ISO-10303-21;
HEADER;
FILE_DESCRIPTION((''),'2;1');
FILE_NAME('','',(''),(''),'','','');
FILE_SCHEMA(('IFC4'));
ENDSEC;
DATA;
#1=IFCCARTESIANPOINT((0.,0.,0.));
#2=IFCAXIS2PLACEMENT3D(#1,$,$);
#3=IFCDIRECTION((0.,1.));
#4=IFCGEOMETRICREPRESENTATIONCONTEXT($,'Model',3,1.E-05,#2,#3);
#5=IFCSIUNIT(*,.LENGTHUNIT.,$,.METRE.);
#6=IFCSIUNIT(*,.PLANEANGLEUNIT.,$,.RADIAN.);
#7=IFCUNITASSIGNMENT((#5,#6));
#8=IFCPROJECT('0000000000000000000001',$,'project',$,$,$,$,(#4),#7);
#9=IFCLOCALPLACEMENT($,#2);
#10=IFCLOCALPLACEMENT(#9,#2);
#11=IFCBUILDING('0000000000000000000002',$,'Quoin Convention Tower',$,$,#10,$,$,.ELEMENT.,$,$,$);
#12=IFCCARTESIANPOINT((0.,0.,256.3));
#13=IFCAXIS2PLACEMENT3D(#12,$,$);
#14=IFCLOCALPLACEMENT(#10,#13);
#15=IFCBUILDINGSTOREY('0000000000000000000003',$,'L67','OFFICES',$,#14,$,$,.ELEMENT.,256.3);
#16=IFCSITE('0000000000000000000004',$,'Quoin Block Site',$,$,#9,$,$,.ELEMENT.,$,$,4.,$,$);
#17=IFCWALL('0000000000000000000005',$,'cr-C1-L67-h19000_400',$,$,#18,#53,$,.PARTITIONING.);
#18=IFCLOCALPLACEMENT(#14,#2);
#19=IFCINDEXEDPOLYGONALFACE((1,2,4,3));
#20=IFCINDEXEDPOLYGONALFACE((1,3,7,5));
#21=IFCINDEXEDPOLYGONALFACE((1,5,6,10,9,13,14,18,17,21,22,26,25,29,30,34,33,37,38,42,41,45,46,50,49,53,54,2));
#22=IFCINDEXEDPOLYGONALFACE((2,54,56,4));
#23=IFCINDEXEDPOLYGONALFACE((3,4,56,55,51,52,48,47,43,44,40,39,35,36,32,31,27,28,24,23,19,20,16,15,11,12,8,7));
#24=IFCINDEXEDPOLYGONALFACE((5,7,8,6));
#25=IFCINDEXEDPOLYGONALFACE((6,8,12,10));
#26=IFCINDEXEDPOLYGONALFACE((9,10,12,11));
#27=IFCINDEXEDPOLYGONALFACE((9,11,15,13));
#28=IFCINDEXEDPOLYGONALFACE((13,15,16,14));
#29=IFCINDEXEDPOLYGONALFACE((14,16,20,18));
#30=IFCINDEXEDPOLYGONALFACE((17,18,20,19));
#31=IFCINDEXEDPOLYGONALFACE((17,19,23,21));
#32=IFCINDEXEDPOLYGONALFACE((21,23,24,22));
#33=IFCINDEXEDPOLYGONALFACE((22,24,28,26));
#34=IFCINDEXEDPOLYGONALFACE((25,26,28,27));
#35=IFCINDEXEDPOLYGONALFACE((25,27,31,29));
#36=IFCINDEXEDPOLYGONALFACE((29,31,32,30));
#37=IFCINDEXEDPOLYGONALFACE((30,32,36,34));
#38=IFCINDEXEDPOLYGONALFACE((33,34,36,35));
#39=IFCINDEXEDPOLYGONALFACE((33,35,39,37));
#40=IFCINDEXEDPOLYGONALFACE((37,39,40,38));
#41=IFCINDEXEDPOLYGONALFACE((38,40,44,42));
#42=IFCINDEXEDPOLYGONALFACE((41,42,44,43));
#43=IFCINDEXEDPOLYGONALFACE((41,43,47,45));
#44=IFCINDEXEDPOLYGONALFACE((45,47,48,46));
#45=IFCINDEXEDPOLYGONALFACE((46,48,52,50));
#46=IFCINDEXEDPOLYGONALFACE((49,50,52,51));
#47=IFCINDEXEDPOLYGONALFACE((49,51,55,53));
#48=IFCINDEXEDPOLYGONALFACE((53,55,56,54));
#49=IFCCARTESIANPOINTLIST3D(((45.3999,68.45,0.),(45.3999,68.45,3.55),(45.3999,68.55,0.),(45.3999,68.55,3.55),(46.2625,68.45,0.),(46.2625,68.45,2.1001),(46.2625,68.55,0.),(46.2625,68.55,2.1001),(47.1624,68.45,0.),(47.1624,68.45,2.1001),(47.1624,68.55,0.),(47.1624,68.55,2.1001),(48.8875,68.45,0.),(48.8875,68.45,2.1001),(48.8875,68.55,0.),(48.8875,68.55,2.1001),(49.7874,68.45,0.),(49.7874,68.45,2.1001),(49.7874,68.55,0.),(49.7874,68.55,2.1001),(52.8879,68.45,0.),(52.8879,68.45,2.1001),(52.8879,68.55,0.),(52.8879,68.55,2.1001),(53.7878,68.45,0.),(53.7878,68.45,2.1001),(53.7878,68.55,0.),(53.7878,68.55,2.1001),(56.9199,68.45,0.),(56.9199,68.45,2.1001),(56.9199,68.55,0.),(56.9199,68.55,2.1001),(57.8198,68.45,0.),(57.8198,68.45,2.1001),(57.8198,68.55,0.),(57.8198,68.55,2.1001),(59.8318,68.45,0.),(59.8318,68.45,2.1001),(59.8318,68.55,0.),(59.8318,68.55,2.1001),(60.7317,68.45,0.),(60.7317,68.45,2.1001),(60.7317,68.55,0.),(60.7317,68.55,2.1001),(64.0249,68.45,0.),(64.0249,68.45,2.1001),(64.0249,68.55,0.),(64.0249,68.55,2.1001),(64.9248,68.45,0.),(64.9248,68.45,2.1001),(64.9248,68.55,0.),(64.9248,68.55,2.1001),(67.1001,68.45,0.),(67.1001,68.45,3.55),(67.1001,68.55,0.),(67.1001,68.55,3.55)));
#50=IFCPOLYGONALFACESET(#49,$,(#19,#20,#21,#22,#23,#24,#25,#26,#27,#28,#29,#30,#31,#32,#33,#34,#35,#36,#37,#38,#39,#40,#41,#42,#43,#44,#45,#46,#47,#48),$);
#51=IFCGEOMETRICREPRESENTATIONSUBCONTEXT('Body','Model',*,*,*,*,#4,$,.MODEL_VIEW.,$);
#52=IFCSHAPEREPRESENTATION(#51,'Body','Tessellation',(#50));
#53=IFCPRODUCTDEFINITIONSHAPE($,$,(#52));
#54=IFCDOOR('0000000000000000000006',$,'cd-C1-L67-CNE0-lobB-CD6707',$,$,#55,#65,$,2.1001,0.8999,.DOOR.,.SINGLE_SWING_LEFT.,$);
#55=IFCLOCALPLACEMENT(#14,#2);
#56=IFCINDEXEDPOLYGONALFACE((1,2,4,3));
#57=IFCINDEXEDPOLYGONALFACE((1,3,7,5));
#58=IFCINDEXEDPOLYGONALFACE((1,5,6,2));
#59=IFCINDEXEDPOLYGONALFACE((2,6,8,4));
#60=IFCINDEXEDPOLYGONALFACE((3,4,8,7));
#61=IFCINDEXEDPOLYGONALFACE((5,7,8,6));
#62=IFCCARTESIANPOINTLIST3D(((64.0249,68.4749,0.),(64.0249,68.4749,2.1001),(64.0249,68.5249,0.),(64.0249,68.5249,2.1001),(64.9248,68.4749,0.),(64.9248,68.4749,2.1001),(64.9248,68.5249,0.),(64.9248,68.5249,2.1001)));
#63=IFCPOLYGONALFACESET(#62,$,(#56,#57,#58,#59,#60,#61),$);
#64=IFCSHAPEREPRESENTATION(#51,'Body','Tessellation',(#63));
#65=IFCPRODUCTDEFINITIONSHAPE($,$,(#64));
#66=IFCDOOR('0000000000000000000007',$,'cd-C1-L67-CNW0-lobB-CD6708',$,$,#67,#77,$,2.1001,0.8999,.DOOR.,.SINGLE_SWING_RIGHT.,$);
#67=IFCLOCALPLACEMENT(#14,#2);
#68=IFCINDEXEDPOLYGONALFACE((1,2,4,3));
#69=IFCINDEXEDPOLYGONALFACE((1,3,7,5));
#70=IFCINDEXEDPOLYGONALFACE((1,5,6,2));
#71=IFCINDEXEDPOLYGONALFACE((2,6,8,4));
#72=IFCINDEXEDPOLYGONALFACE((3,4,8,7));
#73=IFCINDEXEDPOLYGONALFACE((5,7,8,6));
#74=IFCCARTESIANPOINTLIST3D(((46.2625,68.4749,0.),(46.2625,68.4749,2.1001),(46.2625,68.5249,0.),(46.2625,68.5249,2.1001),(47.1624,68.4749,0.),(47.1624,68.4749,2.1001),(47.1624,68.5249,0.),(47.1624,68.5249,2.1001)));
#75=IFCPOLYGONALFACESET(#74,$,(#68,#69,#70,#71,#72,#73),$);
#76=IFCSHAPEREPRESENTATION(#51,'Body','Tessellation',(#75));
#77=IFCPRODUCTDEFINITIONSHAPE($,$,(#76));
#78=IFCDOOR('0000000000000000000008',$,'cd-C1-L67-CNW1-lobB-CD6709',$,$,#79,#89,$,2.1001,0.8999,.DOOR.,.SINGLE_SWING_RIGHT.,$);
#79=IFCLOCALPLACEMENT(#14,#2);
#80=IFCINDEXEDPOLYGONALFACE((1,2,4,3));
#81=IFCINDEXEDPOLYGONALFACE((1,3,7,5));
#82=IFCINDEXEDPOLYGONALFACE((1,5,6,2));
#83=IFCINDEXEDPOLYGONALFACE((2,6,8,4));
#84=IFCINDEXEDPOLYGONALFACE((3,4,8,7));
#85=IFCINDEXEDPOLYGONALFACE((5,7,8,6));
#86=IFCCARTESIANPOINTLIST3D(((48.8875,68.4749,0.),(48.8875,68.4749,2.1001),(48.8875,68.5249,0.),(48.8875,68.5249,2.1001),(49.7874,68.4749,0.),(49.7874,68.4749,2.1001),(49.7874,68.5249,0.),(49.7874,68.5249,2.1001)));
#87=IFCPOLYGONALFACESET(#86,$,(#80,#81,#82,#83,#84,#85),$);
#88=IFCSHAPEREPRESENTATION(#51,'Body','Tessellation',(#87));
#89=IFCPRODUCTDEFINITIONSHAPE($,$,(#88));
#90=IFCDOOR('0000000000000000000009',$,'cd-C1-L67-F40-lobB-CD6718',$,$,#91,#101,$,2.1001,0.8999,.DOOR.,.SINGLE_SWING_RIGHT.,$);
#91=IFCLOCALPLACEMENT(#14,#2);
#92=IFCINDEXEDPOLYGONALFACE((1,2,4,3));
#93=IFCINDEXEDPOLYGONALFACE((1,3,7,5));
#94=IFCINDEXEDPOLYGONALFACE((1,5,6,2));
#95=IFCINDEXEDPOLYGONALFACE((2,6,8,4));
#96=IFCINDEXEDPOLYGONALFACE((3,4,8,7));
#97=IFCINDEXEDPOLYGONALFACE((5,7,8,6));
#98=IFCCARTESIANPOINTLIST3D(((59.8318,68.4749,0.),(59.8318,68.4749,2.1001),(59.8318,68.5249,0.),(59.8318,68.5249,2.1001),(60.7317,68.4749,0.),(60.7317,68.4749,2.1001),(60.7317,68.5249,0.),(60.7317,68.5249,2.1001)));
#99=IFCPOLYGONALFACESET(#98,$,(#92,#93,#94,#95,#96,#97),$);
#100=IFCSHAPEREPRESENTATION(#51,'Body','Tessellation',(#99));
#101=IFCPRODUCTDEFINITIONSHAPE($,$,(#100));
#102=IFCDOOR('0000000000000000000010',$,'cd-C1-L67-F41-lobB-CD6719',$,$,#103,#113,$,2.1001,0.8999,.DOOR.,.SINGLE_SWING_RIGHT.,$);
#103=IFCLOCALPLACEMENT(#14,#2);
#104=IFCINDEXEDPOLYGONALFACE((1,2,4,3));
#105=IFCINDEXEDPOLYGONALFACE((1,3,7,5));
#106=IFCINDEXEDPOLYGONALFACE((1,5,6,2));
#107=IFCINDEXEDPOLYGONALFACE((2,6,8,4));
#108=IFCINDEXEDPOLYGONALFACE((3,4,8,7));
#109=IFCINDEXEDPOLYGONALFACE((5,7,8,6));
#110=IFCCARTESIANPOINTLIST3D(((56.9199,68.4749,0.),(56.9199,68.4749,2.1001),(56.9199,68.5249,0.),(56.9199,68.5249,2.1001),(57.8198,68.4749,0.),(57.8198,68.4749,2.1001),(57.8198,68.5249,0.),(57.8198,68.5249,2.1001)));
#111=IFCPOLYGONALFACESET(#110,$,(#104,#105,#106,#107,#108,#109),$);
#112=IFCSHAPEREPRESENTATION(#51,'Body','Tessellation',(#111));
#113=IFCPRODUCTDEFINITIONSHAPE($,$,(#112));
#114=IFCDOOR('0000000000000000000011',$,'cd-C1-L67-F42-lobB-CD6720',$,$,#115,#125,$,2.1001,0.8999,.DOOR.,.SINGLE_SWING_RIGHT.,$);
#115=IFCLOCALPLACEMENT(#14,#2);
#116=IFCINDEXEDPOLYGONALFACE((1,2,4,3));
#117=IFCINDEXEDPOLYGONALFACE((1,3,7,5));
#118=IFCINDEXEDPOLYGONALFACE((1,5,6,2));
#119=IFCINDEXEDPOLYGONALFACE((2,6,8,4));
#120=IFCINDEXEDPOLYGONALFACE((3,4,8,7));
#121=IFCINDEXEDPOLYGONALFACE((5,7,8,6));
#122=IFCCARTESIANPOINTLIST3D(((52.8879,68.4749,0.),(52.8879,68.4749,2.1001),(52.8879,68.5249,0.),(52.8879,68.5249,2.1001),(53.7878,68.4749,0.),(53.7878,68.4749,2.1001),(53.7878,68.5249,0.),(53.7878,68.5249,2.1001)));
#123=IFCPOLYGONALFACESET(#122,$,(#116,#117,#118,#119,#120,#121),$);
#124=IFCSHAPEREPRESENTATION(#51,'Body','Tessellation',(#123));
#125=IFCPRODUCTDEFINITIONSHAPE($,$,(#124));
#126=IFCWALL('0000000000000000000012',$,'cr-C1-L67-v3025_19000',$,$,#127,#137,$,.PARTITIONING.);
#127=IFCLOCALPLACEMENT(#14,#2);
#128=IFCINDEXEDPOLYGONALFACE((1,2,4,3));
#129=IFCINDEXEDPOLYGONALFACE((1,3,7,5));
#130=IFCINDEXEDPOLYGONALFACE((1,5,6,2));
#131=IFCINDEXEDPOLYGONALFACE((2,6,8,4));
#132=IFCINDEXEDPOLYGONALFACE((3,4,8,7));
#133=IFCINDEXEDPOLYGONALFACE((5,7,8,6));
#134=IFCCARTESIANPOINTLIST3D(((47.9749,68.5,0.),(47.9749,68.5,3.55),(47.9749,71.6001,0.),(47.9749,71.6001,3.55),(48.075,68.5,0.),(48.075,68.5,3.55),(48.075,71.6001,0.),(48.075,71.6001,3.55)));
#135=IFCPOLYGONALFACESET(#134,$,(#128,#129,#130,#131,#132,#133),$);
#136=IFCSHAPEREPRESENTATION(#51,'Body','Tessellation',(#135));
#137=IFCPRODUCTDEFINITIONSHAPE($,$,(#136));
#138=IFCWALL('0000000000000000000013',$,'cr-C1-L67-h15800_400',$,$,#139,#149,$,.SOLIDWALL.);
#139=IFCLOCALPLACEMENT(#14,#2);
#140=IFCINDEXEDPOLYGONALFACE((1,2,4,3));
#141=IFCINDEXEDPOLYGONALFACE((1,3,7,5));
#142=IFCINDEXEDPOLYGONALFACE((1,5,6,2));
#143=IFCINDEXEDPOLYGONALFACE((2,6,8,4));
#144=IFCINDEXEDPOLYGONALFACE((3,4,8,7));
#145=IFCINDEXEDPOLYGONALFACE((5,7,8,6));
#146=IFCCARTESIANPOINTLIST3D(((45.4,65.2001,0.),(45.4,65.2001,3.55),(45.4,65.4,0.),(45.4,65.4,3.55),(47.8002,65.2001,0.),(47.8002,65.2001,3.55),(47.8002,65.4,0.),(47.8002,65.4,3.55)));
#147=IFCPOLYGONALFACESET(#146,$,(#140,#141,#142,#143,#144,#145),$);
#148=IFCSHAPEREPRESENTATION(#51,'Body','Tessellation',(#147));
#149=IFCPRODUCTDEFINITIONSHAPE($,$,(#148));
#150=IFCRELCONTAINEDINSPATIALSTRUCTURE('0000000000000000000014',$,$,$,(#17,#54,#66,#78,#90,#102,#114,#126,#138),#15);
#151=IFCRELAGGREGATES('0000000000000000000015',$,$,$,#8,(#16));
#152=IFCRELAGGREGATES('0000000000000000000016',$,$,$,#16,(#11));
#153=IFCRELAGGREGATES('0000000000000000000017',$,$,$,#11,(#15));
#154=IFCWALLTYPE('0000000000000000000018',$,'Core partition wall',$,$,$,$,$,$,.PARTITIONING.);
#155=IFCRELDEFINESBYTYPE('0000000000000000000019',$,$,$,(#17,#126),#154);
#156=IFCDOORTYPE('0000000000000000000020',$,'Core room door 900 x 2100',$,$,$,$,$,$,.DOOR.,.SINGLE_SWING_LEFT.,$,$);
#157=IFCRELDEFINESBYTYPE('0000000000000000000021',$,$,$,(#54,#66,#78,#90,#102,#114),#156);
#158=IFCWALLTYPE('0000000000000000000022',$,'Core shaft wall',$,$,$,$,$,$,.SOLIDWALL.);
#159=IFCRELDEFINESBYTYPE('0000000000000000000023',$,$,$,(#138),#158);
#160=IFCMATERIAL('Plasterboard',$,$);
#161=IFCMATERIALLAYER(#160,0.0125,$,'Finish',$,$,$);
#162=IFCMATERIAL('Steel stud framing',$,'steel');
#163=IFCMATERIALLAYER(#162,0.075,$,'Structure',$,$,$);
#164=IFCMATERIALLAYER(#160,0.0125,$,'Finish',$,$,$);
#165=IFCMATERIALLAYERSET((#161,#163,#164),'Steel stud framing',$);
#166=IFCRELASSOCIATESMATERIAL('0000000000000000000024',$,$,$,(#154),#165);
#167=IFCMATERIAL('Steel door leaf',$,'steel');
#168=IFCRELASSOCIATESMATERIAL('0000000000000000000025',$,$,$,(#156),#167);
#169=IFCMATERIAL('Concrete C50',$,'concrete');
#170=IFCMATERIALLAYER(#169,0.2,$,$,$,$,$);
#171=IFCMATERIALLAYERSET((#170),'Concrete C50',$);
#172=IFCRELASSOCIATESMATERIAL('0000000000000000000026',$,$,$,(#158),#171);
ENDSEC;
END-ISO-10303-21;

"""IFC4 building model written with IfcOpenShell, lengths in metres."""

from ifc_helpers import new_model, si_unit, direction, frame, frame_2d, origin, place, context, subcontext, project, spatial, rectangle, extrude, material, layer, layer_set, type_object, element, fill, save


model = new_model("IFC4")

# Units and contexts
model_context = context("Model", 3, precision=1e-05, world=origin(), true_north=direction((0.0, 1.0)))
body_context = subcontext(model_context, "Body", "Model", "MODEL_VIEW")
ifc_project = project(units=[si_unit("LENGTHUNIT", "METRE"), si_unit("PLANEANGLEUNIT", "RADIAN")], contexts=[model_context])

# Site, building, storey
site_placement = place(None, origin())
site = spatial("IfcSite", under=ifc_project, at=site_placement, Name="Quoin Block Site", CompositionType="ELEMENT", RefElevation=4.0)
building_placement = place(site_placement, origin())
building = spatial("IfcBuilding", under=site, at=building_placement, Name="Quoin Convention Tower", CompositionType="ELEMENT")
storey_placement = place(building_placement, frame((0.0, 0.0, 256.3)))
storey = spatial("IfcBuildingStorey", under=building, at=storey_placement, Name="L67", Description="OFFICES", CompositionType="ELEMENT", Elevation=256.3)

# Wall, openings, doors
ifc_material_1 = material(Name="Plasterboard")
ifc_layer_1 = layer(ifc_material_1, 0.0125, Name="Finish")
ifc_material_2 = material(Name="Steel stud framing", Category="steel")
ifc_layer_2 = layer(ifc_material_2, 0.075, Name="Structure")
ifc_layer_3 = layer(ifc_material_1, 0.0125, Name="Finish")
ifc_layer_set_1 = layer_set([ifc_layer_1, ifc_layer_2, ifc_layer_3], Name="Steel stud framing")
wall_type_1 = type_object("IfcWallType", Name="Core partition wall", PredefinedType="PARTITIONING", material=ifc_layer_set_1)
wall_1_placement = place(storey_placement, frame((45.3999, 68.5, 0.0), z_axis=(0.0, 0.0, 1.0), x_axis=(1.0, 0.0, 0.0)))
wall_1 = element("IfcWall", 1, at=wall_1_placement, inside=storey, type_object=wall_type_1, Name="cr-C1-L67-h19000_400", PredefinedType="PARTITIONING", context=body_context, shape_type="SweptSolid", body=[
    extrude(rectangle(XDim=21.7002, YDim=0.1001, at=frame_2d((10.8501, 0.0))), origin(), (0.0, 0.0, 1.0), 3.55),
])
opening_1_placement = place(wall_1_placement, frame((18.625, 0.0, 0.0)))
opening_1 = element("IfcOpeningElement", 2, at=opening_1_placement, cuts=wall_1, PredefinedType="OPENING", context=body_context, shape_type="SweptSolid", body=[
    extrude(rectangle(XDim=0.8999, YDim=2.1001, at=frame_2d((0.45, 1.05))), frame((0.0, 0.0601, 0.0), z_axis=(0.0, -1.0, 0.0), x_axis=(1.0, 0.0, 0.0)), (0.0, 0.0, 1.0), 0.1201),
])
opening_2_placement = place(wall_1_placement, frame((0.8625, 0.0, 0.0)))
opening_2 = element("IfcOpeningElement", 3, at=opening_2_placement, cuts=wall_1, PredefinedType="OPENING", context=body_context, shape_type="SweptSolid", body=[
    extrude(rectangle(XDim=0.8999, YDim=2.1001, at=frame_2d((0.45, 1.05))), frame((0.0, 0.0601, 0.0), z_axis=(0.0, -1.0, 0.0), x_axis=(1.0, 0.0, 0.0)), (0.0, 0.0, 1.0), 0.1201),
])
opening_3_placement = place(wall_1_placement, frame((3.4875, 0.0, 0.0)))
opening_3 = element("IfcOpeningElement", 4, at=opening_3_placement, cuts=wall_1, PredefinedType="OPENING", context=body_context, shape_type="SweptSolid", body=[
    extrude(rectangle(XDim=0.8999, YDim=2.1001, at=frame_2d((0.45, 1.05))), frame((0.0, 0.0601, 0.0), z_axis=(0.0, -1.0, 0.0), x_axis=(1.0, 0.0, 0.0)), (0.0, 0.0, 1.0), 0.1201),
])
opening_4_placement = place(wall_1_placement, frame((14.4319, 0.0, 0.0)))
opening_4 = element("IfcOpeningElement", 5, at=opening_4_placement, cuts=wall_1, PredefinedType="OPENING", context=body_context, shape_type="SweptSolid", body=[
    extrude(rectangle(XDim=0.8999, YDim=2.1001, at=frame_2d((0.45, 1.05))), frame((0.0, 0.0601, 0.0), z_axis=(0.0, -1.0, 0.0), x_axis=(1.0, 0.0, 0.0)), (0.0, 0.0, 1.0), 0.1201),
])
opening_5_placement = place(wall_1_placement, frame((11.52, 0.0, 0.0)))
opening_5 = element("IfcOpeningElement", 6, at=opening_5_placement, cuts=wall_1, PredefinedType="OPENING", context=body_context, shape_type="SweptSolid", body=[
    extrude(rectangle(XDim=0.8999, YDim=2.1001, at=frame_2d((0.45, 1.05))), frame((0.0, 0.0601, 0.0), z_axis=(0.0, -1.0, 0.0), x_axis=(1.0, 0.0, 0.0)), (0.0, 0.0, 1.0), 0.1201),
])
opening_6_placement = place(wall_1_placement, frame((7.488, 0.0, 0.0)))
opening_6 = element("IfcOpeningElement", 7, at=opening_6_placement, cuts=wall_1, PredefinedType="OPENING", context=body_context, shape_type="SweptSolid", body=[
    extrude(rectangle(XDim=0.8999, YDim=2.1001, at=frame_2d((0.45, 1.05))), frame((0.0, 0.0601, 0.0), z_axis=(0.0, -1.0, 0.0), x_axis=(1.0, 0.0, 0.0)), (0.0, 0.0, 1.0), 0.1201),
])
ifc_material_3 = material(Name="Steel door leaf", Category="steel")
door_type_1 = type_object("IfcDoorType", Name="Core room door 900 x 2100", OperationType="SINGLE_SWING_LEFT", PredefinedType="DOOR", material=ifc_material_3)
door_1_placement = place(opening_1_placement, origin())
door_1 = element("IfcDoor", 8, at=door_1_placement, inside=storey, type_object=door_type_1, Name="cd-C1-L67-CNE0-lobB-CD6707", OperationType="SINGLE_SWING_LEFT", OverallHeight=2.1001, OverallWidth=0.8999, PredefinedType="DOOR", context=body_context, shape_type="SweptSolid", body=[
    extrude(rectangle(XDim=0.8999, YDim=2.1001, at=frame_2d((0.45, 1.05))), frame((0.0, 0.0249, 0.0), z_axis=(0.0, -1.0, 0.0), x_axis=(1.0, 0.0, 0.0)), (0.0, 0.0, 1.0), 0.05),
])
fill(opening_1, door_1)
door_2_placement = place(opening_2_placement, origin())
door_2 = element("IfcDoor", 9, at=door_2_placement, inside=storey, type_object=door_type_1, Name="cd-C1-L67-CNW0-lobB-CD6708", OperationType="SINGLE_SWING_RIGHT", OverallHeight=2.1001, OverallWidth=0.8999, PredefinedType="DOOR", context=body_context, shape_type="SweptSolid", body=[
    extrude(rectangle(XDim=0.8999, YDim=2.1001, at=frame_2d((0.45, 1.05))), frame((0.0, 0.0249, 0.0), z_axis=(0.0, -1.0, 0.0), x_axis=(1.0, 0.0, 0.0)), (0.0, 0.0, 1.0), 0.05),
])
fill(opening_2, door_2)
door_3_placement = place(opening_3_placement, origin())
door_3 = element("IfcDoor", 10, at=door_3_placement, inside=storey, type_object=door_type_1, Name="cd-C1-L67-CNW1-lobB-CD6709", OperationType="SINGLE_SWING_RIGHT", OverallHeight=2.1001, OverallWidth=0.8999, PredefinedType="DOOR", context=body_context, shape_type="SweptSolid", body=[
    extrude(rectangle(XDim=0.8999, YDim=2.1001, at=frame_2d((0.45, 1.05))), frame((0.0, 0.0249, 0.0), z_axis=(0.0, -1.0, 0.0), x_axis=(1.0, 0.0, 0.0)), (0.0, 0.0, 1.0), 0.05),
])
fill(opening_3, door_3)
door_4_placement = place(opening_4_placement, origin())
door_4 = element("IfcDoor", 11, at=door_4_placement, inside=storey, type_object=door_type_1, Name="cd-C1-L67-F40-lobB-CD6718", OperationType="SINGLE_SWING_RIGHT", OverallHeight=2.1001, OverallWidth=0.8999, PredefinedType="DOOR", context=body_context, shape_type="SweptSolid", body=[
    extrude(rectangle(XDim=0.8999, YDim=2.1001, at=frame_2d((0.45, 1.05))), frame((0.0, 0.0249, 0.0), z_axis=(0.0, -1.0, 0.0), x_axis=(1.0, 0.0, 0.0)), (0.0, 0.0, 1.0), 0.05),
])
fill(opening_4, door_4)
door_5_placement = place(opening_5_placement, origin())
door_5 = element("IfcDoor", 12, at=door_5_placement, inside=storey, type_object=door_type_1, Name="cd-C1-L67-F41-lobB-CD6719", OperationType="SINGLE_SWING_RIGHT", OverallHeight=2.1001, OverallWidth=0.8999, PredefinedType="DOOR", context=body_context, shape_type="SweptSolid", body=[
    extrude(rectangle(XDim=0.8999, YDim=2.1001, at=frame_2d((0.45, 1.05))), frame((0.0, 0.0249, 0.0), z_axis=(0.0, -1.0, 0.0), x_axis=(1.0, 0.0, 0.0)), (0.0, 0.0, 1.0), 0.05),
])
fill(opening_5, door_5)
door_6_placement = place(opening_6_placement, origin())
door_6 = element("IfcDoor", 13, at=door_6_placement, inside=storey, type_object=door_type_1, Name="cd-C1-L67-F42-lobB-CD6720", OperationType="SINGLE_SWING_RIGHT", OverallHeight=2.1001, OverallWidth=0.8999, PredefinedType="DOOR", context=body_context, shape_type="SweptSolid", body=[
    extrude(rectangle(XDim=0.8999, YDim=2.1001, at=frame_2d((0.45, 1.05))), frame((0.0, 0.0249, 0.0), z_axis=(0.0, -1.0, 0.0), x_axis=(1.0, 0.0, 0.0)), (0.0, 0.0, 1.0), 0.05),
])
fill(opening_6, door_6)

# Walls
wall_2_placement = place(storey_placement, frame((48.0249, 68.5, 0.0), z_axis=(0.0, 0.0, 1.0), x_axis=(0.0, 1.0, 0.0)))
element("IfcWall", 14, at=wall_2_placement, inside=storey, type_object=wall_type_1, Name="cr-C1-L67-v3025_19000", PredefinedType="PARTITIONING", context=body_context, shape_type="SweptSolid", body=[
    extrude(rectangle(XDim=3.1001, YDim=0.1001, at=frame_2d((1.55, 0.0))), origin(), (0.0, 0.0, 1.0), 3.55),
])
ifc_material_4 = material(Name="Concrete C50", Category="concrete")
ifc_layer_4 = layer(ifc_material_4, 0.2)
ifc_layer_set_2 = layer_set([ifc_layer_4], Name="Concrete C50")
wall_type_2 = type_object("IfcWallType", Name="Core shaft wall", PredefinedType="SOLIDWALL", material=ifc_layer_set_2)
wall_3_placement = place(storey_placement, frame((45.3999, 65.3, 0.0), z_axis=(0.0, 0.0, 1.0), x_axis=(1.0, 0.0, 0.0)))
element("IfcWall", 15, at=wall_3_placement, inside=storey, type_object=wall_type_2, Name="cr-C1-L67-h15800_400", PredefinedType="SOLIDWALL", context=body_context, shape_type="SweptSolid", body=[
    extrude(rectangle(XDim=2.4001, YDim=0.2, at=frame_2d((1.2002, 0.0))), origin(), (0.0, 0.0, 1.0), 3.55),
])

save(model, "model.ifc")
